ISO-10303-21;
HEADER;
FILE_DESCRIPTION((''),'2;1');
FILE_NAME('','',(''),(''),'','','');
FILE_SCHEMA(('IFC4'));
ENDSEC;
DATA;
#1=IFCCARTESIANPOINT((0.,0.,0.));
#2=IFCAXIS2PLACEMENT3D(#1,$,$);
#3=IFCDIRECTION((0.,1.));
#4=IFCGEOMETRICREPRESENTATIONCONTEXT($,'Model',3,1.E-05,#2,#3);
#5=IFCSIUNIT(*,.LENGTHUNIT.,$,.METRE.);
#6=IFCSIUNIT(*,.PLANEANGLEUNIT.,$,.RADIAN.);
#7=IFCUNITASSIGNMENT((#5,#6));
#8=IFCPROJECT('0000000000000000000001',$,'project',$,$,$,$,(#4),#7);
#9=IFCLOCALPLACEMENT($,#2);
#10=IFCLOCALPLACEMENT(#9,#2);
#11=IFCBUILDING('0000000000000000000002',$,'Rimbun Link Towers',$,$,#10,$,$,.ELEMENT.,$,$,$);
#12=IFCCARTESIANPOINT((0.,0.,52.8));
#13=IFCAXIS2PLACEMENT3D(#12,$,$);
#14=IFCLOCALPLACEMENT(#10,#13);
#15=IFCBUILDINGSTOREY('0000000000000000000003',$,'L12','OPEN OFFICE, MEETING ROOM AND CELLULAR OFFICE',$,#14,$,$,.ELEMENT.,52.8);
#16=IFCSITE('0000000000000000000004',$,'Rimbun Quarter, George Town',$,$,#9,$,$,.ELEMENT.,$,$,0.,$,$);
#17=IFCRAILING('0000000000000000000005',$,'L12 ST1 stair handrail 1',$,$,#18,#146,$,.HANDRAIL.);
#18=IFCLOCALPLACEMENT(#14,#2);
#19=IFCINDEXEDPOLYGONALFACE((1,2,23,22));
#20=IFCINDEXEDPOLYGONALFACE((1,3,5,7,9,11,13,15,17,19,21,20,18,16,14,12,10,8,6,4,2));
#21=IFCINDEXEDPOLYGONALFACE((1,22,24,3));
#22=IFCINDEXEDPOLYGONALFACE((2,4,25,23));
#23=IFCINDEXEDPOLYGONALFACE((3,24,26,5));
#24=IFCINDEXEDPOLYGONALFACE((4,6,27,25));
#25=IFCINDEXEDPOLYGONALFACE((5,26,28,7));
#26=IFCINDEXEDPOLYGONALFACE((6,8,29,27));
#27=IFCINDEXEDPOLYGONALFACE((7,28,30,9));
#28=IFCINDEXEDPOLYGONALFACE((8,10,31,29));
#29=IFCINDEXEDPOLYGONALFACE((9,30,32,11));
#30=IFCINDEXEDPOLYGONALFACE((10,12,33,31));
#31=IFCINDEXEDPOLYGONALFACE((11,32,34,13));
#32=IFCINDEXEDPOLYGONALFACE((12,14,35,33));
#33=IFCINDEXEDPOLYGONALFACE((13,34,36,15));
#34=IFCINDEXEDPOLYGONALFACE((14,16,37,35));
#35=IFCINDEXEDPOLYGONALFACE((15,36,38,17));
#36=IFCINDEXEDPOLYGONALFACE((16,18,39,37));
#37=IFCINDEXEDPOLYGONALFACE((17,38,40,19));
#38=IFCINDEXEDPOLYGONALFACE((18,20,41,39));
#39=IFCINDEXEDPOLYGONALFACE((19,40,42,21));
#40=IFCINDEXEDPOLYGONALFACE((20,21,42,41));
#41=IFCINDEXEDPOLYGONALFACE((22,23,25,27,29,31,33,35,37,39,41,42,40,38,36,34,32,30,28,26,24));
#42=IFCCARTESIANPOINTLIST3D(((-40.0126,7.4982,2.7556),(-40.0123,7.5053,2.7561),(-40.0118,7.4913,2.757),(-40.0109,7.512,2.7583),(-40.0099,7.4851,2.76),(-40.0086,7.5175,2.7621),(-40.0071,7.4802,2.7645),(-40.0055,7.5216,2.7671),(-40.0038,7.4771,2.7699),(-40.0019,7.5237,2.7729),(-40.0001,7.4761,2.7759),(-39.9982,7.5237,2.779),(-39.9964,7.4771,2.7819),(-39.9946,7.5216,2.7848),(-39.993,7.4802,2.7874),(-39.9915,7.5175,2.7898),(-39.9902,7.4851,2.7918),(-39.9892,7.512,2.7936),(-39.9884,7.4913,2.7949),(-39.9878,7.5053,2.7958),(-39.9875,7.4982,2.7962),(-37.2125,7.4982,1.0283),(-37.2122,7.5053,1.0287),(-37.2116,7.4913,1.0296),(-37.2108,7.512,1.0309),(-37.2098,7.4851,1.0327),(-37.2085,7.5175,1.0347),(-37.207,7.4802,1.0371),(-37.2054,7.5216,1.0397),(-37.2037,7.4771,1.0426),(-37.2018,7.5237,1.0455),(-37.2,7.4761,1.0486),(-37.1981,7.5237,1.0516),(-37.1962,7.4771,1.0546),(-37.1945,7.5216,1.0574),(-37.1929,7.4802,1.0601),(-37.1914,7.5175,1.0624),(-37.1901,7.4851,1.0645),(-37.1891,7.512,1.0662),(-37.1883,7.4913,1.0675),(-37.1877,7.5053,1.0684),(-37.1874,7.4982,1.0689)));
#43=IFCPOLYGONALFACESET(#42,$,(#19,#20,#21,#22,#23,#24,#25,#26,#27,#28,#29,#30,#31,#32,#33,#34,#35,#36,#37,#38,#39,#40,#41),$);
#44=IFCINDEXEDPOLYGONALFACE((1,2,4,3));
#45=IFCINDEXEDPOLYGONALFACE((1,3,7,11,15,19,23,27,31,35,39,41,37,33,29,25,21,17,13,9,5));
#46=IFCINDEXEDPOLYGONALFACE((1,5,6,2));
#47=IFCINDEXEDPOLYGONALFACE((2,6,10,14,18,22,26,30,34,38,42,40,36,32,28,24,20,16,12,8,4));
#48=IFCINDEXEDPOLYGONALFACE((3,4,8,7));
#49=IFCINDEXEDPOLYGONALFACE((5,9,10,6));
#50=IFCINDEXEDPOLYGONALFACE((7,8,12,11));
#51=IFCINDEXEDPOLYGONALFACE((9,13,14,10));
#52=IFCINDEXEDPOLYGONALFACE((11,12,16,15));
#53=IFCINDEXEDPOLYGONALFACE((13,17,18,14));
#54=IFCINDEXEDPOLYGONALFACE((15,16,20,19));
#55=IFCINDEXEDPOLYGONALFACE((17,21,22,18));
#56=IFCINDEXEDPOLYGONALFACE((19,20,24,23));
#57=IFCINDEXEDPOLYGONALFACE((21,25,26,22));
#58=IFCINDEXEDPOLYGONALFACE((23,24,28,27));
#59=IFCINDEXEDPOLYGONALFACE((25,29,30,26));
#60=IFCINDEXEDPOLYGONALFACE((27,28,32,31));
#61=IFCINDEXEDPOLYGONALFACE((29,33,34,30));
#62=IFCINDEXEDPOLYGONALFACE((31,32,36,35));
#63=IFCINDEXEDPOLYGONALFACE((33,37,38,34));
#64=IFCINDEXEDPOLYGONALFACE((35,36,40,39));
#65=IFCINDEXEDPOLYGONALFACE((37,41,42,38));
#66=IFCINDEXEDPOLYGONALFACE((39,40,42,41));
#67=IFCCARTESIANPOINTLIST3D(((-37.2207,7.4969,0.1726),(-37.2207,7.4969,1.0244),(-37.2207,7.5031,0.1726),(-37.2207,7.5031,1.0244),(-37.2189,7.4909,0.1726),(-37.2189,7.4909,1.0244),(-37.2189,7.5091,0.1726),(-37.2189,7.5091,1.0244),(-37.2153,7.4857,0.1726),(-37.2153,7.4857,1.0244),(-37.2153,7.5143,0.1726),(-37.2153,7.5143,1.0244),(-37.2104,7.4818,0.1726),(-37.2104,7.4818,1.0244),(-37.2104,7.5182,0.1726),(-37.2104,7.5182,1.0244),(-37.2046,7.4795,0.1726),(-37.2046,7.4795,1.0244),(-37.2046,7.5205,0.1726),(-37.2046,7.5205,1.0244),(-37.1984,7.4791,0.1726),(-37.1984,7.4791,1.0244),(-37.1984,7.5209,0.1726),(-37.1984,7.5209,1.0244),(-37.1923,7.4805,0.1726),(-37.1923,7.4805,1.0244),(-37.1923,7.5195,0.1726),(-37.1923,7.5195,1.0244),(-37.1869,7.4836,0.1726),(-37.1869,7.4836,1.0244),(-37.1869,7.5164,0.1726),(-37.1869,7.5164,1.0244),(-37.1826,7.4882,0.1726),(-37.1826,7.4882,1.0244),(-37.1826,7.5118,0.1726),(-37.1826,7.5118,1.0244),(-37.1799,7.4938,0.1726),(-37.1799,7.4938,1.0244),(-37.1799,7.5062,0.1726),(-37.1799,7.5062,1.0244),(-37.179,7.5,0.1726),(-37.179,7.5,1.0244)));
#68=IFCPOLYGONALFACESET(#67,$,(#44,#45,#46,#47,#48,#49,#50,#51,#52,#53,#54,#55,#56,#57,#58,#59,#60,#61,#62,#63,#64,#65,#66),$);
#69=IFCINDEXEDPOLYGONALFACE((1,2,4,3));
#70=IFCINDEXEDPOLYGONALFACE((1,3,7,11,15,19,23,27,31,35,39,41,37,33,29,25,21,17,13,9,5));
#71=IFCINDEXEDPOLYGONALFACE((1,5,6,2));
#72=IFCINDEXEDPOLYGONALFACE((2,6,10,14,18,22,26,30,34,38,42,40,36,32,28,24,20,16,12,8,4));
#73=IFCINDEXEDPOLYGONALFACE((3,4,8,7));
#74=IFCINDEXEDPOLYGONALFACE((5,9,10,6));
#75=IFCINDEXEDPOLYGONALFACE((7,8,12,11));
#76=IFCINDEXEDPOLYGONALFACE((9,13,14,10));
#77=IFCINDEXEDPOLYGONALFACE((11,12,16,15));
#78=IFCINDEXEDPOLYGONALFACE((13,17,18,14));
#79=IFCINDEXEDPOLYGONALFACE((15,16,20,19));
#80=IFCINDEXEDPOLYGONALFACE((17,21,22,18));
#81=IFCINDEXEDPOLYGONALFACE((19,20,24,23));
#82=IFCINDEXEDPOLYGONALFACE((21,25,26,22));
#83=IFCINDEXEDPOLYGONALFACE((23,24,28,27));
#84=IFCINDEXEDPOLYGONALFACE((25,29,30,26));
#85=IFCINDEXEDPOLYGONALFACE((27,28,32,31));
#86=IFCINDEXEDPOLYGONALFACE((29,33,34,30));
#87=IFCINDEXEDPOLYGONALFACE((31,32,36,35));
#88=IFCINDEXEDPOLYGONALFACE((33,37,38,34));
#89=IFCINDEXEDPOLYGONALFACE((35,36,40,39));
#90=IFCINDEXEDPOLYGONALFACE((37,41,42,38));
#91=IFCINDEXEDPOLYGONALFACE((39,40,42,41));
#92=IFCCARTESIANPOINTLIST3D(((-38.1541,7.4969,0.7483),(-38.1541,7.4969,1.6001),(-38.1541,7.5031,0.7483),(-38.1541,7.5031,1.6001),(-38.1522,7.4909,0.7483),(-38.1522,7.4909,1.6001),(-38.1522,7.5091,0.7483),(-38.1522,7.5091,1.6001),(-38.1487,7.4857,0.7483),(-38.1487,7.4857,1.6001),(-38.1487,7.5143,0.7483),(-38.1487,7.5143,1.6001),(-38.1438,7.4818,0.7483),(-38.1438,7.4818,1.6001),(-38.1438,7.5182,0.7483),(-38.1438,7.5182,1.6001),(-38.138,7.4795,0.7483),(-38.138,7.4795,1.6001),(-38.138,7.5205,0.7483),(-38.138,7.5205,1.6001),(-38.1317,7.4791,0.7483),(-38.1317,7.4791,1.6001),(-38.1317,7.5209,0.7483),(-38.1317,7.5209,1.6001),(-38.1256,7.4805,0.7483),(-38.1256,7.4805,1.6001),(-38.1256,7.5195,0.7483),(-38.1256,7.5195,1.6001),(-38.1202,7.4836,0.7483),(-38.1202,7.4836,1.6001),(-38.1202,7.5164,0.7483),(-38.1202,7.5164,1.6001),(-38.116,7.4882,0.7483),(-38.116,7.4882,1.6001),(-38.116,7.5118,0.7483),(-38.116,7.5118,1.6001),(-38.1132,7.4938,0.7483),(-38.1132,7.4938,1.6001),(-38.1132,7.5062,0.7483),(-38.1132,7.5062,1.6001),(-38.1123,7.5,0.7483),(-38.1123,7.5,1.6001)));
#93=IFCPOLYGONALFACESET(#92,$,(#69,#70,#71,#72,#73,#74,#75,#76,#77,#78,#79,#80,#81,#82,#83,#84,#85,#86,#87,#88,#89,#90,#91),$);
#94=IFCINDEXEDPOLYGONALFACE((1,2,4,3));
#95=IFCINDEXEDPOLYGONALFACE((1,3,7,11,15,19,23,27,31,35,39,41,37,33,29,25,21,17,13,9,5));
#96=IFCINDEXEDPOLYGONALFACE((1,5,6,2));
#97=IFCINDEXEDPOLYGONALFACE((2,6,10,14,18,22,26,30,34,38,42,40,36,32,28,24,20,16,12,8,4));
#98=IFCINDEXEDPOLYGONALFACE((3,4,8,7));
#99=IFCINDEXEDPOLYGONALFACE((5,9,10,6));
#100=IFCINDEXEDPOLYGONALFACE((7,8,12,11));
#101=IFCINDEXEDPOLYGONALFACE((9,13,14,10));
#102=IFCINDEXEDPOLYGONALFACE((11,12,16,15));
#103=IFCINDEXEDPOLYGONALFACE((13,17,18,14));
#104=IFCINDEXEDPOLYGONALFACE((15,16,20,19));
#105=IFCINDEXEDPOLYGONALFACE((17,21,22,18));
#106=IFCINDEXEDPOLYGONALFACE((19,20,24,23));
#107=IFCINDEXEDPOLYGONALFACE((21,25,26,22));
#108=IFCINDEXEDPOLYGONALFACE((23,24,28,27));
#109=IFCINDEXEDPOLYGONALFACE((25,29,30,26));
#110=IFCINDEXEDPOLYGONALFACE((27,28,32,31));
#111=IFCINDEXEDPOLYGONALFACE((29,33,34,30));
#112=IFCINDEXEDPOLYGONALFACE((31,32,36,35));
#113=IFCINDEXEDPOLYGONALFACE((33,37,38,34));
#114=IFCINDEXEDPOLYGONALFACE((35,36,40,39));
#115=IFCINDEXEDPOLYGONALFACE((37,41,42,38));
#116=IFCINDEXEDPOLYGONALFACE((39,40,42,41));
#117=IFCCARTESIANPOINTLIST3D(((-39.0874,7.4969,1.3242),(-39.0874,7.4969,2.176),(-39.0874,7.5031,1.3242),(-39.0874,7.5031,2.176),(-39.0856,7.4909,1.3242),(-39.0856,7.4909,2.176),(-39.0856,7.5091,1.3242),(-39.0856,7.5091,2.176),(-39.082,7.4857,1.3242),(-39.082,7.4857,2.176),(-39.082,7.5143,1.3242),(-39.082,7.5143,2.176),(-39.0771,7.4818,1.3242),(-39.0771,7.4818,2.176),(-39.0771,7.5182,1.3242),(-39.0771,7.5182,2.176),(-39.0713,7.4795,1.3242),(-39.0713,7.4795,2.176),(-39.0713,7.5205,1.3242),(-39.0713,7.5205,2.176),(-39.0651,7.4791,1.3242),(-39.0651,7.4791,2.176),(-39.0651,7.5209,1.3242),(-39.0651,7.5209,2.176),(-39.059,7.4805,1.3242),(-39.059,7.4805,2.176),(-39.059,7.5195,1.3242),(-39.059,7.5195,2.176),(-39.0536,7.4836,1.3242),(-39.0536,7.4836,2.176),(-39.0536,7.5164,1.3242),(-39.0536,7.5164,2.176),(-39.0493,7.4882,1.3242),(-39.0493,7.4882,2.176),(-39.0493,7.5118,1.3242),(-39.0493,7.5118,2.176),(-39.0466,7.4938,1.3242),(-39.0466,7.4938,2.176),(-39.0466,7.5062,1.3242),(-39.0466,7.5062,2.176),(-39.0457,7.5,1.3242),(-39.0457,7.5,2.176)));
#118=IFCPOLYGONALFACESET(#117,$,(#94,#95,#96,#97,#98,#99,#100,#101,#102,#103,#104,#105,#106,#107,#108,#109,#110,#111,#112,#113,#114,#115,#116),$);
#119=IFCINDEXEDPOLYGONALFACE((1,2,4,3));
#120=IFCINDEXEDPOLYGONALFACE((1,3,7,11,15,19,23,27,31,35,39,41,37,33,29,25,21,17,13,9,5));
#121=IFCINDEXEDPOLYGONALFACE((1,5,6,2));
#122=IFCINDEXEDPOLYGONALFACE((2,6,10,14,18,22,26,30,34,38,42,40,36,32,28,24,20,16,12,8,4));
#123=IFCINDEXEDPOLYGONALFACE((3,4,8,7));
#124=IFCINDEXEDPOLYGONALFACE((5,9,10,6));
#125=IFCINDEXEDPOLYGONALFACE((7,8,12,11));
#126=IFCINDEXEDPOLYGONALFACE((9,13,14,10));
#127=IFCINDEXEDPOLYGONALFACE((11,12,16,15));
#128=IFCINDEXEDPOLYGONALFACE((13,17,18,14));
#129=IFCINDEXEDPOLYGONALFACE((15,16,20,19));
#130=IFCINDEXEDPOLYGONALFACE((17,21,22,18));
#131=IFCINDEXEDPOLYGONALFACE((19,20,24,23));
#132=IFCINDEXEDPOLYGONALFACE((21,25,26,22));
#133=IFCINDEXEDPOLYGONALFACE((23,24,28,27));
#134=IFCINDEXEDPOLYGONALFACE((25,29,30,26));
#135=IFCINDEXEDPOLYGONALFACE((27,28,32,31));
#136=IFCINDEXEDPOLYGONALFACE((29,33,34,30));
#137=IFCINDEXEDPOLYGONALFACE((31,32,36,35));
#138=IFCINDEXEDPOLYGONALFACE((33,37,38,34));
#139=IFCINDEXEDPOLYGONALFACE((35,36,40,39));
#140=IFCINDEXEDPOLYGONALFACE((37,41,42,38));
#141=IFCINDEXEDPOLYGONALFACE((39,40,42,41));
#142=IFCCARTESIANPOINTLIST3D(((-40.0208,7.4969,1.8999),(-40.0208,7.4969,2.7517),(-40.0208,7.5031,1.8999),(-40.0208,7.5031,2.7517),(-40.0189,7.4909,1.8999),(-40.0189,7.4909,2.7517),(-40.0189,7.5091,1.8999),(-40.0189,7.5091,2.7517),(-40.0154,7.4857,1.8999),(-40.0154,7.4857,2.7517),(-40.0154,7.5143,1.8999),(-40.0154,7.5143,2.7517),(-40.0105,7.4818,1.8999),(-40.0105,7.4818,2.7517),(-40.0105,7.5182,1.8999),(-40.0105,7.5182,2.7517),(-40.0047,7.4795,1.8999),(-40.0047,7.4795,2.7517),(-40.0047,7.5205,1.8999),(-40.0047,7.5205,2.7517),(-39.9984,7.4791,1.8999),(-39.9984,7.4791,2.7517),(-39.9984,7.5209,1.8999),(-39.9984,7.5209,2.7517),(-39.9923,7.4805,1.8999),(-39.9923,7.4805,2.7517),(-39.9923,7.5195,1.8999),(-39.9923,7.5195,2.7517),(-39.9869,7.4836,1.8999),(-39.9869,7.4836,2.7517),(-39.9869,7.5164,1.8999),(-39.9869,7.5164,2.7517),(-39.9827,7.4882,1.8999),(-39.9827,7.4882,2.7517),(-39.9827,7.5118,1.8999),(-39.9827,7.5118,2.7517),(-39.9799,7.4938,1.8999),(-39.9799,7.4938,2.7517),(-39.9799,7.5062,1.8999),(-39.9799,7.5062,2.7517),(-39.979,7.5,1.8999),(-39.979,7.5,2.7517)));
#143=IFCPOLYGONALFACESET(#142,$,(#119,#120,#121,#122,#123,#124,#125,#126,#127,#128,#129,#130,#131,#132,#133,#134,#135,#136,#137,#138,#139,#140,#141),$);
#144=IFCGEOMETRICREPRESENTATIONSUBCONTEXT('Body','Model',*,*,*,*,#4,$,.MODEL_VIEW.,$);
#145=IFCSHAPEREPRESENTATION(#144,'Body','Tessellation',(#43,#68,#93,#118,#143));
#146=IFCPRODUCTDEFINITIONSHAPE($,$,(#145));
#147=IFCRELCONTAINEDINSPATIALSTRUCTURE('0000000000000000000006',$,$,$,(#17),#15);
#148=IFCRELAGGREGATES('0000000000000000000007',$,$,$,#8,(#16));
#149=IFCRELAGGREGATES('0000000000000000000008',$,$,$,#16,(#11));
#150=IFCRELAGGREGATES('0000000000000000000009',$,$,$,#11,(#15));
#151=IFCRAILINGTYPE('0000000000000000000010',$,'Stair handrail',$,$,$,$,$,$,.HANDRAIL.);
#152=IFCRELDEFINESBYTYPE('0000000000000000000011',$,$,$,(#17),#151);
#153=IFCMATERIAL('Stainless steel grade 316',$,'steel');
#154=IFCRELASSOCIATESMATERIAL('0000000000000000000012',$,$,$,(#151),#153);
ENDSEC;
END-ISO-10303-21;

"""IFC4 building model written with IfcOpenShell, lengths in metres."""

from ifc_helpers import new_model, si_unit, direction, frame, origin, origin_2d, place, context, subcontext, project, spatial, circle, extrude, material, type_object, element, save


model = new_model("IFC4")

# Units and contexts
model_context = context("Model", 3, precision=1e-05, world=origin(), true_north=direction((0.0, 1.0)))
body_context = subcontext(model_context, "Body", "Model", "MODEL_VIEW")
ifc_project = project(units=[si_unit("LENGTHUNIT", "METRE"), si_unit("PLANEANGLEUNIT", "RADIAN")], contexts=[model_context])

# Site, building, storey
site_placement = place(None, origin())
site = spatial("IfcSite", under=ifc_project, at=site_placement, Name="Rimbun Quarter, George Town", CompositionType="ELEMENT", RefElevation=0.0)
building_placement = place(site_placement, origin())
building = spatial("IfcBuilding", under=site, at=building_placement, Name="Rimbun Link Towers", CompositionType="ELEMENT")
storey_placement = place(building_placement, frame((0.0, 0.0, 52.8)))
storey = spatial("IfcBuildingStorey", under=building, at=storey_placement, Name="L12", Description="OPEN OFFICE, MEETING ROOM AND CELLULAR OFFICE", CompositionType="ELEMENT", Elevation=52.8)

# Railing
ifc_material_1 = material(Name="Stainless steel grade 316", Category="steel")
railing_type_1 = type_object("IfcRailingType", Name="Stair handrail", PredefinedType="HANDRAIL", material=ifc_material_1)
railing_1_placement = place(storey_placement, frame((-37.2, 7.5, 0.1726)))
element("IfcRailing", 1, at=railing_1_placement, inside=storey, type_object=railing_type_1, Name="L12 ST1 stair handrail 1", PredefinedType="HANDRAIL", context=body_context, shape_type="SweptSolid", body=[
    extrude(circle(Radius=0.0239, at=origin_2d()), frame((0.0, 0.0, 0.876), z_axis=(-0.85109, 0.0, 0.52502), x_axis=(0.0, -1.0, 0.0)), (0.0, 0.0, 1.0), 3.29),
    extrude(circle(Radius=0.021, at=origin_2d()), origin(), (0.0, 0.0, 1.0), 0.8518),
    extrude(circle(Radius=0.021, at=origin_2d()), frame((-0.9333, 0.0, 0.5757)), (0.0, 0.0, 1.0), 0.8518),
    extrude(circle(Radius=0.021, at=origin_2d()), frame((-1.8667, 0.0, 1.1516)), (0.0, 0.0, 1.0), 0.8518),
    extrude(circle(Radius=0.021, at=origin_2d()), frame((-2.8, 0.0, 1.7273)), (0.0, 0.0, 1.0), 0.8518),
])

save(model, "model.ifc")
